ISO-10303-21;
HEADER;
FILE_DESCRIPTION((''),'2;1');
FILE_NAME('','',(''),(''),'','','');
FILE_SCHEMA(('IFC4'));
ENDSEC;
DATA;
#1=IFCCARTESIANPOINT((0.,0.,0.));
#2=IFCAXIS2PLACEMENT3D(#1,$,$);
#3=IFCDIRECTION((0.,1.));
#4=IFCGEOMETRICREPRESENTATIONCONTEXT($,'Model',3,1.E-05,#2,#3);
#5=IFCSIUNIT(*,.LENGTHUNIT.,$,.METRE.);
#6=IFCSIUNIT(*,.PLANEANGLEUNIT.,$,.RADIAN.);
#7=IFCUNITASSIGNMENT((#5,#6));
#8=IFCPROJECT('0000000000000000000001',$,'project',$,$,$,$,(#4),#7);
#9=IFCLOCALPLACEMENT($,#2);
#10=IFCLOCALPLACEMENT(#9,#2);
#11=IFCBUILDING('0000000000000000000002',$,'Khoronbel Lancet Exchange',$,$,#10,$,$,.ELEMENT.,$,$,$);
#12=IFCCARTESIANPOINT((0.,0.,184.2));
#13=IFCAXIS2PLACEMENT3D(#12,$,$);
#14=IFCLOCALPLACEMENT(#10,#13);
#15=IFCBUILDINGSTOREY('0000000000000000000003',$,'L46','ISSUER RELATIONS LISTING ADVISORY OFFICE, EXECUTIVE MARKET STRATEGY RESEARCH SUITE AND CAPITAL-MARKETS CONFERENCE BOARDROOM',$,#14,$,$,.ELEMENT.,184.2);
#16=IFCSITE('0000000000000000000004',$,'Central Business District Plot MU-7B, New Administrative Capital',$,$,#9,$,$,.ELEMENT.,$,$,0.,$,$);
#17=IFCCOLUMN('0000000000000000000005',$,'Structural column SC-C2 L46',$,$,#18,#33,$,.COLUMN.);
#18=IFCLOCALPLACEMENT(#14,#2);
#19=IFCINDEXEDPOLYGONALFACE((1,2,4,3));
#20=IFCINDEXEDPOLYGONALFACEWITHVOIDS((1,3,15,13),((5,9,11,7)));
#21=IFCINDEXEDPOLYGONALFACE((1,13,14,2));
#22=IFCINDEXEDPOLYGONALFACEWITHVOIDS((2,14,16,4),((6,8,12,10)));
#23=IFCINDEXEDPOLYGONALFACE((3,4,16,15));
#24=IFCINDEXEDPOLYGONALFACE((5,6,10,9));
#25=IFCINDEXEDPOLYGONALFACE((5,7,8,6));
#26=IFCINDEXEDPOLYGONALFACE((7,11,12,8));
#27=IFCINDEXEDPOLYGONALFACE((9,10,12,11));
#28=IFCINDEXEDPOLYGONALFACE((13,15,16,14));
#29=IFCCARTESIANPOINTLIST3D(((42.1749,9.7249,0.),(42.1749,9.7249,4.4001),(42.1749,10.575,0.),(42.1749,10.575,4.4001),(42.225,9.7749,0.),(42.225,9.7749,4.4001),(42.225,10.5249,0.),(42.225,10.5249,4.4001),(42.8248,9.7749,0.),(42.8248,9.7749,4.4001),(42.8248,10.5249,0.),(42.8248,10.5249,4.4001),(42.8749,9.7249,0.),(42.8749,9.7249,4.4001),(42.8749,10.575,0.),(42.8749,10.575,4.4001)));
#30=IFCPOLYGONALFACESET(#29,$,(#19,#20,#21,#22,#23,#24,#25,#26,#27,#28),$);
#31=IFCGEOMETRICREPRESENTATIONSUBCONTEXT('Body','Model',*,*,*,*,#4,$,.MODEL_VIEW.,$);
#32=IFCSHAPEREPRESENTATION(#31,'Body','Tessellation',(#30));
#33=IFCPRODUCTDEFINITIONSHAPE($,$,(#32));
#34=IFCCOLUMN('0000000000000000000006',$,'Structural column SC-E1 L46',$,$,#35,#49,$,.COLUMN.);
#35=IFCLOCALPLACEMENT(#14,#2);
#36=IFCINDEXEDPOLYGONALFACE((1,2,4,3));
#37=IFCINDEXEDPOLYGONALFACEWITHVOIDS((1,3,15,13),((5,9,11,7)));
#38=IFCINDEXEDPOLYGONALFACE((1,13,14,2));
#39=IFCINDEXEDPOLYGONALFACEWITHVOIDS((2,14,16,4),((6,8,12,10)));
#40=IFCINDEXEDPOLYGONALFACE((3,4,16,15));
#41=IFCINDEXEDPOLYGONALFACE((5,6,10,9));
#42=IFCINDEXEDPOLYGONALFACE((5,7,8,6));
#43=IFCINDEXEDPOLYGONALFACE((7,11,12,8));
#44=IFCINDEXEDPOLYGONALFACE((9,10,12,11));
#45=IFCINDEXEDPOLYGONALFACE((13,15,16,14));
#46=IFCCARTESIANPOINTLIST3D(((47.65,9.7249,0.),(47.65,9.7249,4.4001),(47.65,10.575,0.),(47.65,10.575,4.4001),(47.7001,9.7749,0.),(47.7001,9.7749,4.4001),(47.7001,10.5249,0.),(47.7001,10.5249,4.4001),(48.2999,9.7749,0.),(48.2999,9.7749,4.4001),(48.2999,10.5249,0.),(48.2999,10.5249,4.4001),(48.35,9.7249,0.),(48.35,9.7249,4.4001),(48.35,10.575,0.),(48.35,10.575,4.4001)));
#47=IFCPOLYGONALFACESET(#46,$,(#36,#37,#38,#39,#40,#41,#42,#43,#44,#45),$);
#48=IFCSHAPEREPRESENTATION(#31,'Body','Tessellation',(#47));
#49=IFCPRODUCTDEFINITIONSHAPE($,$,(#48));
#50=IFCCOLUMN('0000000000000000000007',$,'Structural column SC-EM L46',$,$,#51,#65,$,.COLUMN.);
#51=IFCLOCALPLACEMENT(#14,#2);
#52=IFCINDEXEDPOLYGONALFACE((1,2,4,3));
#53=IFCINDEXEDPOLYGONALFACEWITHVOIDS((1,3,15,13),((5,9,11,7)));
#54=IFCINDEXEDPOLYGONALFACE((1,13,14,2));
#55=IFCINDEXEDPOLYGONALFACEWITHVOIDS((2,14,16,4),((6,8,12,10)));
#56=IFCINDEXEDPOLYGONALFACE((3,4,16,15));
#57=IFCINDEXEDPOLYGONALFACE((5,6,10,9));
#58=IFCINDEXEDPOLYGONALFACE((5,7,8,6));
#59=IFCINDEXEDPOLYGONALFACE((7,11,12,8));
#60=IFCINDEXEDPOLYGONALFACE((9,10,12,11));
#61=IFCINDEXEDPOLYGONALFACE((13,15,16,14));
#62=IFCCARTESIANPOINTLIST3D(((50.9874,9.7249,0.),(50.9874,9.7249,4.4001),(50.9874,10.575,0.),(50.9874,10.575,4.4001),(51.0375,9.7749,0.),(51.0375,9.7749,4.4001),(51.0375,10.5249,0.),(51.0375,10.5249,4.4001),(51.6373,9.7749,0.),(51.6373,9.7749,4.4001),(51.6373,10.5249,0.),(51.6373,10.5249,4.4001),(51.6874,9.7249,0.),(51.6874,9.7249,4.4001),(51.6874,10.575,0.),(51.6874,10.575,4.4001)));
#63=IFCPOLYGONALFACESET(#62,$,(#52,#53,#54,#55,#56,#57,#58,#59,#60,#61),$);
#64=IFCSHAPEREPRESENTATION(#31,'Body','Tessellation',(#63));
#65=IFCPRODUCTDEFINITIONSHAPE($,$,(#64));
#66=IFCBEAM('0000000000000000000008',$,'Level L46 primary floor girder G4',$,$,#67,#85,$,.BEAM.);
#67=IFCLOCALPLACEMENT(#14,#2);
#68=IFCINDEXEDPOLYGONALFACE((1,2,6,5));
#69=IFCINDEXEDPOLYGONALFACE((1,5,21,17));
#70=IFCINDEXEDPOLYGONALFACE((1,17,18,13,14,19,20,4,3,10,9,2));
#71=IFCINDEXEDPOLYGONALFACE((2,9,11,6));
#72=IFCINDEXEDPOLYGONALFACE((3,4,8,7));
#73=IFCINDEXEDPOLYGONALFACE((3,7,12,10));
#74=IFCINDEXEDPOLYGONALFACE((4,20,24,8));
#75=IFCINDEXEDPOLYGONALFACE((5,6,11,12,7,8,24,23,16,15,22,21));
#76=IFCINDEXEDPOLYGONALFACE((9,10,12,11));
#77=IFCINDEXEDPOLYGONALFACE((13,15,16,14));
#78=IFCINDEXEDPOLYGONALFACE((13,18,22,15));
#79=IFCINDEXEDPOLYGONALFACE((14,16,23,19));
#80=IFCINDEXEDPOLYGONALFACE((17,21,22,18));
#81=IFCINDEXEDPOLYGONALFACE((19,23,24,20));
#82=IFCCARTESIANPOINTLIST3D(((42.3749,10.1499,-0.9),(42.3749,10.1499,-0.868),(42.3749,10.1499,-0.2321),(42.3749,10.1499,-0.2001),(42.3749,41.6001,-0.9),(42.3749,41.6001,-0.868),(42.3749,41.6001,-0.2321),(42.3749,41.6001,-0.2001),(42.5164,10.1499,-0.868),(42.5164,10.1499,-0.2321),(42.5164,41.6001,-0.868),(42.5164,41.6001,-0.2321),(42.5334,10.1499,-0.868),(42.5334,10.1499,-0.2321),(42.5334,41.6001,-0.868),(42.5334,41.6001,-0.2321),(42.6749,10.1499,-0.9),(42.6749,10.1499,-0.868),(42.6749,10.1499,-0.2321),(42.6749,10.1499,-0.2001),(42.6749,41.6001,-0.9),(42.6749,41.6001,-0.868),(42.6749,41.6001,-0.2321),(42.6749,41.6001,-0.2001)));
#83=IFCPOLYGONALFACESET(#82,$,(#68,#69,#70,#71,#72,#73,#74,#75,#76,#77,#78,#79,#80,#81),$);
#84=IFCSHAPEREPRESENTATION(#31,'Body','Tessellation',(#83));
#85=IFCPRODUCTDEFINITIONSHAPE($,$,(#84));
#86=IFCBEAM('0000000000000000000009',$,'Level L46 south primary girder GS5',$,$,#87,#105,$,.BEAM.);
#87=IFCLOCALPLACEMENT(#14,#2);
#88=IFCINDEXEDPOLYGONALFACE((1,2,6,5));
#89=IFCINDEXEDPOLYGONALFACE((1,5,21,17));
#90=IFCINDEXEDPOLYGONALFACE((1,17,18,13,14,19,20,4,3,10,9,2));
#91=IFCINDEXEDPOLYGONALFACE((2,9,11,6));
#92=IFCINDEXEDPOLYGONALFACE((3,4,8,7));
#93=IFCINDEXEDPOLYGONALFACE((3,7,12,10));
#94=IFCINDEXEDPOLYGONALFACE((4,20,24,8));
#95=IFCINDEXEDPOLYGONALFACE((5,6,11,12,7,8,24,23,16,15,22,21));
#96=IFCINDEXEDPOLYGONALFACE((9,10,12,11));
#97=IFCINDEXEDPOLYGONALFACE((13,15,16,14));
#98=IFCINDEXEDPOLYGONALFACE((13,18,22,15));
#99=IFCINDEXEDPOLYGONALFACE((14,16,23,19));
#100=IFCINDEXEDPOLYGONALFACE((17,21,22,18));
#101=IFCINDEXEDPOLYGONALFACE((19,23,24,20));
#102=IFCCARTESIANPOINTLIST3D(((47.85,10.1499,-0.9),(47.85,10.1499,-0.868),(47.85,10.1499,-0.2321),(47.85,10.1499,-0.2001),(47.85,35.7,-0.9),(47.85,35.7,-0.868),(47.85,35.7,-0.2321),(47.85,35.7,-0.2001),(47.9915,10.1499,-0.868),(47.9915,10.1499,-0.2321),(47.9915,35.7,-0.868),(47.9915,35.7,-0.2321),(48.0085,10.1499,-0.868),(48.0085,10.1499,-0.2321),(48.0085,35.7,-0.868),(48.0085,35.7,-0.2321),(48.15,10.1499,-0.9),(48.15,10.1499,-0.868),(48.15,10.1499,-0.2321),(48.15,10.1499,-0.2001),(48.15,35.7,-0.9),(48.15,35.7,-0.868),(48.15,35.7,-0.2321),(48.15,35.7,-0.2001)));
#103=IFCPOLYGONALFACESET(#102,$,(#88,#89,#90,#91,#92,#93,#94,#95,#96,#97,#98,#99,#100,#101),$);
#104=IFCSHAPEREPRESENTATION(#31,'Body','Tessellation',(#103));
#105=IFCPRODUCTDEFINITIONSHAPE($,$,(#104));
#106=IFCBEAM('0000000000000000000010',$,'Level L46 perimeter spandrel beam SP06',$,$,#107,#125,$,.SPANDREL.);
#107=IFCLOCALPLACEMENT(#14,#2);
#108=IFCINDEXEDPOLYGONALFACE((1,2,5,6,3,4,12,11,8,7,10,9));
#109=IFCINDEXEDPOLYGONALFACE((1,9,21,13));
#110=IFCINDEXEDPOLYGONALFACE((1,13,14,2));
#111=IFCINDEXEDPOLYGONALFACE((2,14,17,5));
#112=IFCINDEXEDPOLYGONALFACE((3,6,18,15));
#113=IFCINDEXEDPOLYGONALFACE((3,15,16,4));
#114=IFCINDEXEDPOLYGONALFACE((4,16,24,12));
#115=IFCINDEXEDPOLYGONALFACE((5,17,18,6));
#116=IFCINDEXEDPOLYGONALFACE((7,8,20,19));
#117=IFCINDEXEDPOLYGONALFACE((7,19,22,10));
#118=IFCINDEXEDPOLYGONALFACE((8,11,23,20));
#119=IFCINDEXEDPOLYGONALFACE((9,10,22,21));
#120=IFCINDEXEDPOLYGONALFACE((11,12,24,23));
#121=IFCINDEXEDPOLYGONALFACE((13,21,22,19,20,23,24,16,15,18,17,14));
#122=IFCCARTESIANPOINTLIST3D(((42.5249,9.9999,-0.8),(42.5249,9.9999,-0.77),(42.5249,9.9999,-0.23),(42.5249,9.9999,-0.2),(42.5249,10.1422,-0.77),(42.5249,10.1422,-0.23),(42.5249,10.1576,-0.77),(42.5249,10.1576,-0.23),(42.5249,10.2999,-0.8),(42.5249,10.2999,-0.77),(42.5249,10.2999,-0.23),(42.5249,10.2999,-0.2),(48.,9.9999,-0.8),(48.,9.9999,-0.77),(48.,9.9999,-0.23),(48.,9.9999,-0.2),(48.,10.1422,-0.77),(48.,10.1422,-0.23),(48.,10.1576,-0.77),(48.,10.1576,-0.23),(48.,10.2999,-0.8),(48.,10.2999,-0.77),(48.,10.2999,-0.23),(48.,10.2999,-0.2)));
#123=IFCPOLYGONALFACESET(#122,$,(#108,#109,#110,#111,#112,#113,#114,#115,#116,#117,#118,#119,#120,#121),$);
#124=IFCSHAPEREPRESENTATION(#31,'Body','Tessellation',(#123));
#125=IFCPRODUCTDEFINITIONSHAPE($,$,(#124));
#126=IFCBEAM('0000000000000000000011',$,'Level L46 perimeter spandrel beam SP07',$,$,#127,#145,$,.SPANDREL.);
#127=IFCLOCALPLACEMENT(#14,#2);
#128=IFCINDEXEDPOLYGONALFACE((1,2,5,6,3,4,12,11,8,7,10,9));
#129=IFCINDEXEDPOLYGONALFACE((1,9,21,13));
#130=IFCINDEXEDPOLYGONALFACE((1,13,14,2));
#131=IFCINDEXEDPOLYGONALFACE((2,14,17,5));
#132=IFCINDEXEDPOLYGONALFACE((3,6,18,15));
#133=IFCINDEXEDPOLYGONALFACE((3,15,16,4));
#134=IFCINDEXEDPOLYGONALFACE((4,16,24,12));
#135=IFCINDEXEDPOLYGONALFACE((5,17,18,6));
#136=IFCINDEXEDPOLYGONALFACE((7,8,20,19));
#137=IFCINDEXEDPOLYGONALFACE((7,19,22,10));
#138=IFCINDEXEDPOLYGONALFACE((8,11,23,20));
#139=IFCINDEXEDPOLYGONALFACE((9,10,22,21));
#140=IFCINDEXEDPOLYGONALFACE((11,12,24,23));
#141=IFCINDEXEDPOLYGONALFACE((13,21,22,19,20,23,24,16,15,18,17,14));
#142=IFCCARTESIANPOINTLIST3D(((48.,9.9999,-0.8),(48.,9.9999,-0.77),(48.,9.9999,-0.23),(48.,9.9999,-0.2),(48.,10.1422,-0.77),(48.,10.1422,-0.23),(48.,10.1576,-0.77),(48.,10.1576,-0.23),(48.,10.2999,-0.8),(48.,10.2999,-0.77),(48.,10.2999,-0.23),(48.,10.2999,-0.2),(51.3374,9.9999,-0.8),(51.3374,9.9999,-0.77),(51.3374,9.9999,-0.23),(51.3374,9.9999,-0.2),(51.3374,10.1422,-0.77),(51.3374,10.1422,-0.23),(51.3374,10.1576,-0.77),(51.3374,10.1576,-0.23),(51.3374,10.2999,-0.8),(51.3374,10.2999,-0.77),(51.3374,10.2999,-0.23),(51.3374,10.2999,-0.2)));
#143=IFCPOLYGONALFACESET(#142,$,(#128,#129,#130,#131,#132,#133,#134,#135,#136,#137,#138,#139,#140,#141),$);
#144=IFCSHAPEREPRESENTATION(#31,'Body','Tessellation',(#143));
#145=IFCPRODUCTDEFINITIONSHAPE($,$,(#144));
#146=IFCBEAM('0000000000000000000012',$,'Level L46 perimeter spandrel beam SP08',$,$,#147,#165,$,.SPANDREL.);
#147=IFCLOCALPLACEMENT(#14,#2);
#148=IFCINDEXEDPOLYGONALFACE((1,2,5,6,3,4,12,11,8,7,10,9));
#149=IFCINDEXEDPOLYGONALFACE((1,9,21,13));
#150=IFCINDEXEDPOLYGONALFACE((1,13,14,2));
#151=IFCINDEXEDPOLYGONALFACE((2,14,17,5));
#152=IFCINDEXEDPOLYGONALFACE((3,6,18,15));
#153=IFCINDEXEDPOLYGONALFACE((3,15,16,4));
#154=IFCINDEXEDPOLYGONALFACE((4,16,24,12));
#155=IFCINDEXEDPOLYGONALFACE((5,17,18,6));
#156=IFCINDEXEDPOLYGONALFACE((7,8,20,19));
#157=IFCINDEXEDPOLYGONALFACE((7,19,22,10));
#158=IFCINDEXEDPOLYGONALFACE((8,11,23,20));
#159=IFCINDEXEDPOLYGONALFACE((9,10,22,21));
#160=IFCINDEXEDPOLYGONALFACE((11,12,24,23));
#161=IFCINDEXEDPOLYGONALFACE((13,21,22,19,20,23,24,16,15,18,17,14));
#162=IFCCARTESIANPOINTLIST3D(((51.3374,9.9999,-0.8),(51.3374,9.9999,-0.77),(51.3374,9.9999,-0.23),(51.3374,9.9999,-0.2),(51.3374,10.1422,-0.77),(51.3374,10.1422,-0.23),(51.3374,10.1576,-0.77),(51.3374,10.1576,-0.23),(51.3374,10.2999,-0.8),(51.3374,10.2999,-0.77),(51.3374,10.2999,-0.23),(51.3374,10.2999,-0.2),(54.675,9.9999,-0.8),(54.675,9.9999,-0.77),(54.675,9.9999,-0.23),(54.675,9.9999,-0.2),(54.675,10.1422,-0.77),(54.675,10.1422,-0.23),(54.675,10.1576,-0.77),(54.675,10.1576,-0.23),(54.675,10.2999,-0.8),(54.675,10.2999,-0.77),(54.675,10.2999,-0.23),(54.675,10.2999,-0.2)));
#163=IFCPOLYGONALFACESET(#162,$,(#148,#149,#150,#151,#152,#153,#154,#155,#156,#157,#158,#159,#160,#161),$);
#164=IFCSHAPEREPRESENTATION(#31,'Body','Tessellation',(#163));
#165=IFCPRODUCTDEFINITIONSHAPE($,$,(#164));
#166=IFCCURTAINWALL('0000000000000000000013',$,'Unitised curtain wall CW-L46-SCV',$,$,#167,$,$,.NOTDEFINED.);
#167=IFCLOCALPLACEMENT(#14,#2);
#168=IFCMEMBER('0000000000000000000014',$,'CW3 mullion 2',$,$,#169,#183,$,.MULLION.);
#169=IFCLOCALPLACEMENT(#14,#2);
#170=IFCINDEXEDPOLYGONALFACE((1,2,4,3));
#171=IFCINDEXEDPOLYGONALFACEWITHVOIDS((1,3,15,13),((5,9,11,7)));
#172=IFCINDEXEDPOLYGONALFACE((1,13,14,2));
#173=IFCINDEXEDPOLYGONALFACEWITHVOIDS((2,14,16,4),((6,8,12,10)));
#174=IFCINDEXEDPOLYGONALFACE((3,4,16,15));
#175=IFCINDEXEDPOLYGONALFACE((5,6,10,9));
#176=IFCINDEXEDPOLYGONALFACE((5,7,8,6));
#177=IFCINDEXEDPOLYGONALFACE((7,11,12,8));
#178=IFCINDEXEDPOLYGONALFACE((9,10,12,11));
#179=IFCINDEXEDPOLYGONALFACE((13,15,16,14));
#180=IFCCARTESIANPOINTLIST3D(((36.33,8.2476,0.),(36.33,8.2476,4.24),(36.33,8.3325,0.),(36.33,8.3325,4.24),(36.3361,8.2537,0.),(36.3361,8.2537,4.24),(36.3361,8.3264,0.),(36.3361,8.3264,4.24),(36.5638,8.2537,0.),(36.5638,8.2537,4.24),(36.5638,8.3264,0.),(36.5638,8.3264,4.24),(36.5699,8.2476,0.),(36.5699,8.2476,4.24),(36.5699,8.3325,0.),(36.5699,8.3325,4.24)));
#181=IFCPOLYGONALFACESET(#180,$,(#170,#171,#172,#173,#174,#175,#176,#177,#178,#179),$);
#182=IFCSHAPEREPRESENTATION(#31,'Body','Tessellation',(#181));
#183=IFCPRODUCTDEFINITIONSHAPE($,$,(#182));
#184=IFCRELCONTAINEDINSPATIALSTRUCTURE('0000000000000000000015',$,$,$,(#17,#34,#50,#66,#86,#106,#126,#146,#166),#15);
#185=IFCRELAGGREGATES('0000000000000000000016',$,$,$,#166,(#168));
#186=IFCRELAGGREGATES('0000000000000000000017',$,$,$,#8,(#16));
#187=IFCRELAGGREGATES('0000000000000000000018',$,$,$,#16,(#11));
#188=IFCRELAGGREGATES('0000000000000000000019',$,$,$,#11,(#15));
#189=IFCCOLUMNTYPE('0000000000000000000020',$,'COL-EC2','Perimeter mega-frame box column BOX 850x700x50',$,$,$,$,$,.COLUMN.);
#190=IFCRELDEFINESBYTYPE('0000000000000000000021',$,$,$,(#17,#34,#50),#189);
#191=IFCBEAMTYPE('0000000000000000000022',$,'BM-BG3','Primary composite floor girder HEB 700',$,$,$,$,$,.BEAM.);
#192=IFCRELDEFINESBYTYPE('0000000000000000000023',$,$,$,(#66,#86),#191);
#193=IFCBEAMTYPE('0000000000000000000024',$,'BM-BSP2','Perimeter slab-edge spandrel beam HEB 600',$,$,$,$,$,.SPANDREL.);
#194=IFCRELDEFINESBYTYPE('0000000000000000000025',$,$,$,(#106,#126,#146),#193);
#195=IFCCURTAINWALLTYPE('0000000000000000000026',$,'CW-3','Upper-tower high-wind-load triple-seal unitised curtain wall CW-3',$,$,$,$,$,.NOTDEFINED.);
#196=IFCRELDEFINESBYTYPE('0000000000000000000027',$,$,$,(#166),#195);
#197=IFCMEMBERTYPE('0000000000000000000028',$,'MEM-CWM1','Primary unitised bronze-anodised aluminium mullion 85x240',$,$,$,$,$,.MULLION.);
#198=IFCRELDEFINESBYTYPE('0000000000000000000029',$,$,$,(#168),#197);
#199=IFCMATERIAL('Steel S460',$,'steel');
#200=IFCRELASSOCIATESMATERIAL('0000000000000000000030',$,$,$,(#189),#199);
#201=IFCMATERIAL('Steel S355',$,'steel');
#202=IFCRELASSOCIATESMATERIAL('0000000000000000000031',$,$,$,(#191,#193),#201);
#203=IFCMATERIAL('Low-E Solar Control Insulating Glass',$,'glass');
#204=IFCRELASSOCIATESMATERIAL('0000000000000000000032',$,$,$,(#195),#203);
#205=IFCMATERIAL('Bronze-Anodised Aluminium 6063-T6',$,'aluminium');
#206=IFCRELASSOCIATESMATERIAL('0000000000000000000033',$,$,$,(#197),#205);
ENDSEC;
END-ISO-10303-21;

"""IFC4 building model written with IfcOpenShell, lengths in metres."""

from ifc_helpers import new_model, si_unit, direction, frame, origin, origin_2d, place, context, subcontext, project, spatial, hollow_rectangle, i_section, extrude, material, material_profile, profile_set, type_object, element, aggregate, save


model = new_model("IFC4")

# Units and contexts
model_context = context("Model", 3, precision=1e-05, world=origin(), true_north=direction((0.0, 1.0)))
body_context = subcontext(model_context, "Body", "Model", "MODEL_VIEW")
ifc_project = project(units=[si_unit("LENGTHUNIT", "METRE"), si_unit("PLANEANGLEUNIT", "RADIAN")], contexts=[model_context])

# Site, building, storey
site_placement = place(None, origin())
site = spatial("IfcSite", under=ifc_project, at=site_placement, Name="Central Business District Plot MU-7B, New Administrative Capital", CompositionType="ELEMENT", RefElevation=0.0)
building_placement = place(site_placement, origin())
building = spatial("IfcBuilding", under=site, at=building_placement, Name="Khoronbel Lancet Exchange", CompositionType="ELEMENT")
storey_placement = place(building_placement, frame((0.0, 0.0, 184.2)))
storey = spatial("IfcBuildingStorey", under=building, at=storey_placement, Name="L46", Description="ISSUER RELATIONS LISTING ADVISORY OFFICE, EXECUTIVE MARKET STRATEGY RESEARCH SUITE AND CAPITAL-MARKETS CONFERENCE BOARDROOM", CompositionType="ELEMENT", Elevation=184.2)

# Columns
ifc_material_1 = material(Name="Steel S460", Category="steel")
ifc_material_profile_1 = material_profile(ifc_material_1, hollow_rectangle(XDim=0.7, YDim=0.8501, WallThickness=0.05, at=origin_2d()), Name="BOX 850x700x50")
ifc_profile_set_1 = profile_set([ifc_material_profile_1], Name="Steel S460")
column_type = type_object("IfcColumnType", Name="COL-EC2", Description="Perimeter mega-frame box column BOX 850x700x50", PredefinedType="COLUMN", material=ifc_profile_set_1)
for number, where, z_axis, x_axis, name in (
    (1, (42.5249, 10.1499, 0.0), (0.0, 0.0, 1.0), (1.0, 0.0, 0.0), "Structural column SC-C2 L46"),
    (2, (48.0, 10.1499, 0.0), (0.0, 0.0, 1.0), (1.0, 0.0, 0.0), "Structural column SC-E1 L46"),
    (3, (51.3374, 10.1499, 0.0), (0.0, 0.0, 1.0), (1.0, 0.0, 0.0), "Structural column SC-EM L46"),
):
    element("IfcColumn", number, at=place(storey_placement, frame(where, z_axis=z_axis, x_axis=x_axis)), inside=storey, type_object=column_type, Name=name, PredefinedType="COLUMN", context=body_context, shape_type="SweptSolid", body=[
        extrude(hollow_rectangle(XDim=0.7, YDim=0.8501, WallThickness=0.05, at=origin_2d()), origin(), (0.0, 0.0, 1.0), 4.4001),
    ])

# Beams
ifc_material_2 = material(Name="Steel S355", Category="steel")
ifc_material_profile_2 = material_profile(ifc_material_2, i_section(OverallWidth=0.3, OverallDepth=0.7, WebThickness=0.0171, FlangeThickness=0.032, at=origin_2d()), Name="HEB 700")
ifc_profile_set_2 = profile_set([ifc_material_profile_2], Name="Steel S355")
beam_type_1 = type_object("IfcBeamType", Name="BM-BG3", Description="Primary composite floor girder HEB 700", PredefinedType="BEAM", material=ifc_profile_set_2)
beam_1_placement = place(storey_placement, frame((42.5249, 10.1499, -0.55), z_axis=(0.0, 1.0, 0.0), x_axis=(-1.0, 0.0, 0.0)))
element("IfcBeam", 4, at=beam_1_placement, inside=storey, type_object=beam_type_1, Name="Level L46 primary floor girder G4", PredefinedType="BEAM", context=body_context, shape_type="SweptSolid", body=[
    extrude(i_section(OverallWidth=0.3, OverallDepth=0.7, WebThickness=0.0171, FlangeThickness=0.032, at=origin_2d()), origin(), (0.0, 0.0, 1.0), 31.4502),
])
beam_2_placement = place(storey_placement, frame((48.0, 10.1499, -0.55), z_axis=(0.0, 1.0, 0.0), x_axis=(-1.0, 0.0, 0.0)))
element("IfcBeam", 5, at=beam_2_placement, inside=storey, type_object=beam_type_1, Name="Level L46 south primary girder GS5", PredefinedType="BEAM", context=body_context, shape_type="SweptSolid", body=[
    extrude(i_section(OverallWidth=0.3, OverallDepth=0.7, WebThickness=0.0171, FlangeThickness=0.032, at=origin_2d()), origin(), (0.0, 0.0, 1.0), 25.55),
])
ifc_material_profile_3 = material_profile(ifc_material_2, i_section(OverallWidth=0.3, OverallDepth=0.6001, WebThickness=0.0154, FlangeThickness=0.03, at=origin_2d()), Name="HEB 600")
ifc_profile_set_3 = profile_set([ifc_material_profile_3], Name="Steel S355")
beam_type_2 = type_object("IfcBeamType", Name="BM-BSP2", Description="Perimeter slab-edge spandrel beam HEB 600", PredefinedType="SPANDREL", material=ifc_profile_set_3)
beam_3_placement = place(storey_placement, frame((42.5249, 10.1499, -0.5), z_axis=(1.0, 0.0, 0.0), x_axis=(0.0, 1.0, 0.0)))
element("IfcBeam", 6, at=beam_3_placement, inside=storey, type_object=beam_type_2, Name="Level L46 perimeter spandrel beam SP06", PredefinedType="SPANDREL", context=body_context, shape_type="SweptSolid", body=[
    extrude(i_section(OverallWidth=0.3, OverallDepth=0.6001, WebThickness=0.0154, FlangeThickness=0.03, at=origin_2d()), origin(), (0.0, 0.0, 1.0), 5.4751),
])
beam_4_placement = place(storey_placement, frame((48.0, 10.1499, -0.5), z_axis=(1.0, 0.0, 0.0), x_axis=(0.0, 1.0, 0.0)))
element("IfcBeam", 7, at=beam_4_placement, inside=storey, type_object=beam_type_2, Name="Level L46 perimeter spandrel beam SP07", PredefinedType="SPANDREL", context=body_context, shape_type="SweptSolid", body=[
    extrude(i_section(OverallWidth=0.3, OverallDepth=0.6001, WebThickness=0.0154, FlangeThickness=0.03, at=origin_2d()), origin(), (0.0, 0.0, 1.0), 3.3374),
])
beam_5_placement = place(storey_placement, frame((51.3374, 10.1499, -0.5), z_axis=(1.0, 0.0, 0.0), x_axis=(0.0, 1.0, 0.0)))
element("IfcBeam", 8, at=beam_5_placement, inside=storey, type_object=beam_type_2, Name="Level L46 perimeter spandrel beam SP08", PredefinedType="SPANDREL", context=body_context, shape_type="SweptSolid", body=[
    extrude(i_section(OverallWidth=0.3, OverallDepth=0.6001, WebThickness=0.0154, FlangeThickness=0.03, at=origin_2d()), origin(), (0.0, 0.0, 1.0), 3.3376),
])

# Curtain wall, member
ifc_material_3 = material(Name="Low-E Solar Control Insulating Glass", Category="glass")
curtain_wall_type = type_object("IfcCurtainWallType", Name="CW-3", Description="Upper-tower high-wind-load triple-seal unitised curtain wall CW-3", PredefinedType="NOTDEFINED", material=ifc_material_3)
curtain_wall_1_placement = place(storey_placement, origin())
curtain_wall_1 = element("IfcCurtainWall", 9, at=curtain_wall_1_placement, inside=storey, type_object=curtain_wall_type, Name="Unitised curtain wall CW-L46-SCV", PredefinedType="NOTDEFINED")
ifc_material_4 = material(Name="Bronze-Anodised Aluminium 6063-T6", Category="aluminium")
ifc_material_profile_4 = material_profile(ifc_material_4, hollow_rectangle(XDim=0.085, YDim=0.24, WallThickness=0.0061, at=origin_2d()), Name="ALU MULLION 85x240")
ifc_profile_set_4 = profile_set([ifc_material_profile_4], Name="Bronze-Anodised Aluminium 6063-T6")
member_type_1 = type_object("IfcMemberType", Name="MEM-CWM1", Description="Primary unitised bronze-anodised aluminium mullion 85x240", PredefinedType="MULLION", material=ifc_profile_set_4)
member_1_placement = place(storey_placement, frame((36.45, 8.29, 0.0), z_axis=(0.0, 0.0, 1.0), x_axis=(0.0, 1.0, 0.0)))
member_1 = element("IfcMember", 10, at=member_1_placement, type_object=member_type_1, Name="CW3 mullion 2", PredefinedType="MULLION", context=body_context, shape_type="SweptSolid", body=[
    extrude(hollow_rectangle(XDim=0.085, YDim=0.24, WallThickness=0.0061, at=origin_2d()), origin(), (0.0, 0.0, 1.0), 4.24),
])

aggregate(curtain_wall_1, [member_1])

save(model, "model.ifc")
